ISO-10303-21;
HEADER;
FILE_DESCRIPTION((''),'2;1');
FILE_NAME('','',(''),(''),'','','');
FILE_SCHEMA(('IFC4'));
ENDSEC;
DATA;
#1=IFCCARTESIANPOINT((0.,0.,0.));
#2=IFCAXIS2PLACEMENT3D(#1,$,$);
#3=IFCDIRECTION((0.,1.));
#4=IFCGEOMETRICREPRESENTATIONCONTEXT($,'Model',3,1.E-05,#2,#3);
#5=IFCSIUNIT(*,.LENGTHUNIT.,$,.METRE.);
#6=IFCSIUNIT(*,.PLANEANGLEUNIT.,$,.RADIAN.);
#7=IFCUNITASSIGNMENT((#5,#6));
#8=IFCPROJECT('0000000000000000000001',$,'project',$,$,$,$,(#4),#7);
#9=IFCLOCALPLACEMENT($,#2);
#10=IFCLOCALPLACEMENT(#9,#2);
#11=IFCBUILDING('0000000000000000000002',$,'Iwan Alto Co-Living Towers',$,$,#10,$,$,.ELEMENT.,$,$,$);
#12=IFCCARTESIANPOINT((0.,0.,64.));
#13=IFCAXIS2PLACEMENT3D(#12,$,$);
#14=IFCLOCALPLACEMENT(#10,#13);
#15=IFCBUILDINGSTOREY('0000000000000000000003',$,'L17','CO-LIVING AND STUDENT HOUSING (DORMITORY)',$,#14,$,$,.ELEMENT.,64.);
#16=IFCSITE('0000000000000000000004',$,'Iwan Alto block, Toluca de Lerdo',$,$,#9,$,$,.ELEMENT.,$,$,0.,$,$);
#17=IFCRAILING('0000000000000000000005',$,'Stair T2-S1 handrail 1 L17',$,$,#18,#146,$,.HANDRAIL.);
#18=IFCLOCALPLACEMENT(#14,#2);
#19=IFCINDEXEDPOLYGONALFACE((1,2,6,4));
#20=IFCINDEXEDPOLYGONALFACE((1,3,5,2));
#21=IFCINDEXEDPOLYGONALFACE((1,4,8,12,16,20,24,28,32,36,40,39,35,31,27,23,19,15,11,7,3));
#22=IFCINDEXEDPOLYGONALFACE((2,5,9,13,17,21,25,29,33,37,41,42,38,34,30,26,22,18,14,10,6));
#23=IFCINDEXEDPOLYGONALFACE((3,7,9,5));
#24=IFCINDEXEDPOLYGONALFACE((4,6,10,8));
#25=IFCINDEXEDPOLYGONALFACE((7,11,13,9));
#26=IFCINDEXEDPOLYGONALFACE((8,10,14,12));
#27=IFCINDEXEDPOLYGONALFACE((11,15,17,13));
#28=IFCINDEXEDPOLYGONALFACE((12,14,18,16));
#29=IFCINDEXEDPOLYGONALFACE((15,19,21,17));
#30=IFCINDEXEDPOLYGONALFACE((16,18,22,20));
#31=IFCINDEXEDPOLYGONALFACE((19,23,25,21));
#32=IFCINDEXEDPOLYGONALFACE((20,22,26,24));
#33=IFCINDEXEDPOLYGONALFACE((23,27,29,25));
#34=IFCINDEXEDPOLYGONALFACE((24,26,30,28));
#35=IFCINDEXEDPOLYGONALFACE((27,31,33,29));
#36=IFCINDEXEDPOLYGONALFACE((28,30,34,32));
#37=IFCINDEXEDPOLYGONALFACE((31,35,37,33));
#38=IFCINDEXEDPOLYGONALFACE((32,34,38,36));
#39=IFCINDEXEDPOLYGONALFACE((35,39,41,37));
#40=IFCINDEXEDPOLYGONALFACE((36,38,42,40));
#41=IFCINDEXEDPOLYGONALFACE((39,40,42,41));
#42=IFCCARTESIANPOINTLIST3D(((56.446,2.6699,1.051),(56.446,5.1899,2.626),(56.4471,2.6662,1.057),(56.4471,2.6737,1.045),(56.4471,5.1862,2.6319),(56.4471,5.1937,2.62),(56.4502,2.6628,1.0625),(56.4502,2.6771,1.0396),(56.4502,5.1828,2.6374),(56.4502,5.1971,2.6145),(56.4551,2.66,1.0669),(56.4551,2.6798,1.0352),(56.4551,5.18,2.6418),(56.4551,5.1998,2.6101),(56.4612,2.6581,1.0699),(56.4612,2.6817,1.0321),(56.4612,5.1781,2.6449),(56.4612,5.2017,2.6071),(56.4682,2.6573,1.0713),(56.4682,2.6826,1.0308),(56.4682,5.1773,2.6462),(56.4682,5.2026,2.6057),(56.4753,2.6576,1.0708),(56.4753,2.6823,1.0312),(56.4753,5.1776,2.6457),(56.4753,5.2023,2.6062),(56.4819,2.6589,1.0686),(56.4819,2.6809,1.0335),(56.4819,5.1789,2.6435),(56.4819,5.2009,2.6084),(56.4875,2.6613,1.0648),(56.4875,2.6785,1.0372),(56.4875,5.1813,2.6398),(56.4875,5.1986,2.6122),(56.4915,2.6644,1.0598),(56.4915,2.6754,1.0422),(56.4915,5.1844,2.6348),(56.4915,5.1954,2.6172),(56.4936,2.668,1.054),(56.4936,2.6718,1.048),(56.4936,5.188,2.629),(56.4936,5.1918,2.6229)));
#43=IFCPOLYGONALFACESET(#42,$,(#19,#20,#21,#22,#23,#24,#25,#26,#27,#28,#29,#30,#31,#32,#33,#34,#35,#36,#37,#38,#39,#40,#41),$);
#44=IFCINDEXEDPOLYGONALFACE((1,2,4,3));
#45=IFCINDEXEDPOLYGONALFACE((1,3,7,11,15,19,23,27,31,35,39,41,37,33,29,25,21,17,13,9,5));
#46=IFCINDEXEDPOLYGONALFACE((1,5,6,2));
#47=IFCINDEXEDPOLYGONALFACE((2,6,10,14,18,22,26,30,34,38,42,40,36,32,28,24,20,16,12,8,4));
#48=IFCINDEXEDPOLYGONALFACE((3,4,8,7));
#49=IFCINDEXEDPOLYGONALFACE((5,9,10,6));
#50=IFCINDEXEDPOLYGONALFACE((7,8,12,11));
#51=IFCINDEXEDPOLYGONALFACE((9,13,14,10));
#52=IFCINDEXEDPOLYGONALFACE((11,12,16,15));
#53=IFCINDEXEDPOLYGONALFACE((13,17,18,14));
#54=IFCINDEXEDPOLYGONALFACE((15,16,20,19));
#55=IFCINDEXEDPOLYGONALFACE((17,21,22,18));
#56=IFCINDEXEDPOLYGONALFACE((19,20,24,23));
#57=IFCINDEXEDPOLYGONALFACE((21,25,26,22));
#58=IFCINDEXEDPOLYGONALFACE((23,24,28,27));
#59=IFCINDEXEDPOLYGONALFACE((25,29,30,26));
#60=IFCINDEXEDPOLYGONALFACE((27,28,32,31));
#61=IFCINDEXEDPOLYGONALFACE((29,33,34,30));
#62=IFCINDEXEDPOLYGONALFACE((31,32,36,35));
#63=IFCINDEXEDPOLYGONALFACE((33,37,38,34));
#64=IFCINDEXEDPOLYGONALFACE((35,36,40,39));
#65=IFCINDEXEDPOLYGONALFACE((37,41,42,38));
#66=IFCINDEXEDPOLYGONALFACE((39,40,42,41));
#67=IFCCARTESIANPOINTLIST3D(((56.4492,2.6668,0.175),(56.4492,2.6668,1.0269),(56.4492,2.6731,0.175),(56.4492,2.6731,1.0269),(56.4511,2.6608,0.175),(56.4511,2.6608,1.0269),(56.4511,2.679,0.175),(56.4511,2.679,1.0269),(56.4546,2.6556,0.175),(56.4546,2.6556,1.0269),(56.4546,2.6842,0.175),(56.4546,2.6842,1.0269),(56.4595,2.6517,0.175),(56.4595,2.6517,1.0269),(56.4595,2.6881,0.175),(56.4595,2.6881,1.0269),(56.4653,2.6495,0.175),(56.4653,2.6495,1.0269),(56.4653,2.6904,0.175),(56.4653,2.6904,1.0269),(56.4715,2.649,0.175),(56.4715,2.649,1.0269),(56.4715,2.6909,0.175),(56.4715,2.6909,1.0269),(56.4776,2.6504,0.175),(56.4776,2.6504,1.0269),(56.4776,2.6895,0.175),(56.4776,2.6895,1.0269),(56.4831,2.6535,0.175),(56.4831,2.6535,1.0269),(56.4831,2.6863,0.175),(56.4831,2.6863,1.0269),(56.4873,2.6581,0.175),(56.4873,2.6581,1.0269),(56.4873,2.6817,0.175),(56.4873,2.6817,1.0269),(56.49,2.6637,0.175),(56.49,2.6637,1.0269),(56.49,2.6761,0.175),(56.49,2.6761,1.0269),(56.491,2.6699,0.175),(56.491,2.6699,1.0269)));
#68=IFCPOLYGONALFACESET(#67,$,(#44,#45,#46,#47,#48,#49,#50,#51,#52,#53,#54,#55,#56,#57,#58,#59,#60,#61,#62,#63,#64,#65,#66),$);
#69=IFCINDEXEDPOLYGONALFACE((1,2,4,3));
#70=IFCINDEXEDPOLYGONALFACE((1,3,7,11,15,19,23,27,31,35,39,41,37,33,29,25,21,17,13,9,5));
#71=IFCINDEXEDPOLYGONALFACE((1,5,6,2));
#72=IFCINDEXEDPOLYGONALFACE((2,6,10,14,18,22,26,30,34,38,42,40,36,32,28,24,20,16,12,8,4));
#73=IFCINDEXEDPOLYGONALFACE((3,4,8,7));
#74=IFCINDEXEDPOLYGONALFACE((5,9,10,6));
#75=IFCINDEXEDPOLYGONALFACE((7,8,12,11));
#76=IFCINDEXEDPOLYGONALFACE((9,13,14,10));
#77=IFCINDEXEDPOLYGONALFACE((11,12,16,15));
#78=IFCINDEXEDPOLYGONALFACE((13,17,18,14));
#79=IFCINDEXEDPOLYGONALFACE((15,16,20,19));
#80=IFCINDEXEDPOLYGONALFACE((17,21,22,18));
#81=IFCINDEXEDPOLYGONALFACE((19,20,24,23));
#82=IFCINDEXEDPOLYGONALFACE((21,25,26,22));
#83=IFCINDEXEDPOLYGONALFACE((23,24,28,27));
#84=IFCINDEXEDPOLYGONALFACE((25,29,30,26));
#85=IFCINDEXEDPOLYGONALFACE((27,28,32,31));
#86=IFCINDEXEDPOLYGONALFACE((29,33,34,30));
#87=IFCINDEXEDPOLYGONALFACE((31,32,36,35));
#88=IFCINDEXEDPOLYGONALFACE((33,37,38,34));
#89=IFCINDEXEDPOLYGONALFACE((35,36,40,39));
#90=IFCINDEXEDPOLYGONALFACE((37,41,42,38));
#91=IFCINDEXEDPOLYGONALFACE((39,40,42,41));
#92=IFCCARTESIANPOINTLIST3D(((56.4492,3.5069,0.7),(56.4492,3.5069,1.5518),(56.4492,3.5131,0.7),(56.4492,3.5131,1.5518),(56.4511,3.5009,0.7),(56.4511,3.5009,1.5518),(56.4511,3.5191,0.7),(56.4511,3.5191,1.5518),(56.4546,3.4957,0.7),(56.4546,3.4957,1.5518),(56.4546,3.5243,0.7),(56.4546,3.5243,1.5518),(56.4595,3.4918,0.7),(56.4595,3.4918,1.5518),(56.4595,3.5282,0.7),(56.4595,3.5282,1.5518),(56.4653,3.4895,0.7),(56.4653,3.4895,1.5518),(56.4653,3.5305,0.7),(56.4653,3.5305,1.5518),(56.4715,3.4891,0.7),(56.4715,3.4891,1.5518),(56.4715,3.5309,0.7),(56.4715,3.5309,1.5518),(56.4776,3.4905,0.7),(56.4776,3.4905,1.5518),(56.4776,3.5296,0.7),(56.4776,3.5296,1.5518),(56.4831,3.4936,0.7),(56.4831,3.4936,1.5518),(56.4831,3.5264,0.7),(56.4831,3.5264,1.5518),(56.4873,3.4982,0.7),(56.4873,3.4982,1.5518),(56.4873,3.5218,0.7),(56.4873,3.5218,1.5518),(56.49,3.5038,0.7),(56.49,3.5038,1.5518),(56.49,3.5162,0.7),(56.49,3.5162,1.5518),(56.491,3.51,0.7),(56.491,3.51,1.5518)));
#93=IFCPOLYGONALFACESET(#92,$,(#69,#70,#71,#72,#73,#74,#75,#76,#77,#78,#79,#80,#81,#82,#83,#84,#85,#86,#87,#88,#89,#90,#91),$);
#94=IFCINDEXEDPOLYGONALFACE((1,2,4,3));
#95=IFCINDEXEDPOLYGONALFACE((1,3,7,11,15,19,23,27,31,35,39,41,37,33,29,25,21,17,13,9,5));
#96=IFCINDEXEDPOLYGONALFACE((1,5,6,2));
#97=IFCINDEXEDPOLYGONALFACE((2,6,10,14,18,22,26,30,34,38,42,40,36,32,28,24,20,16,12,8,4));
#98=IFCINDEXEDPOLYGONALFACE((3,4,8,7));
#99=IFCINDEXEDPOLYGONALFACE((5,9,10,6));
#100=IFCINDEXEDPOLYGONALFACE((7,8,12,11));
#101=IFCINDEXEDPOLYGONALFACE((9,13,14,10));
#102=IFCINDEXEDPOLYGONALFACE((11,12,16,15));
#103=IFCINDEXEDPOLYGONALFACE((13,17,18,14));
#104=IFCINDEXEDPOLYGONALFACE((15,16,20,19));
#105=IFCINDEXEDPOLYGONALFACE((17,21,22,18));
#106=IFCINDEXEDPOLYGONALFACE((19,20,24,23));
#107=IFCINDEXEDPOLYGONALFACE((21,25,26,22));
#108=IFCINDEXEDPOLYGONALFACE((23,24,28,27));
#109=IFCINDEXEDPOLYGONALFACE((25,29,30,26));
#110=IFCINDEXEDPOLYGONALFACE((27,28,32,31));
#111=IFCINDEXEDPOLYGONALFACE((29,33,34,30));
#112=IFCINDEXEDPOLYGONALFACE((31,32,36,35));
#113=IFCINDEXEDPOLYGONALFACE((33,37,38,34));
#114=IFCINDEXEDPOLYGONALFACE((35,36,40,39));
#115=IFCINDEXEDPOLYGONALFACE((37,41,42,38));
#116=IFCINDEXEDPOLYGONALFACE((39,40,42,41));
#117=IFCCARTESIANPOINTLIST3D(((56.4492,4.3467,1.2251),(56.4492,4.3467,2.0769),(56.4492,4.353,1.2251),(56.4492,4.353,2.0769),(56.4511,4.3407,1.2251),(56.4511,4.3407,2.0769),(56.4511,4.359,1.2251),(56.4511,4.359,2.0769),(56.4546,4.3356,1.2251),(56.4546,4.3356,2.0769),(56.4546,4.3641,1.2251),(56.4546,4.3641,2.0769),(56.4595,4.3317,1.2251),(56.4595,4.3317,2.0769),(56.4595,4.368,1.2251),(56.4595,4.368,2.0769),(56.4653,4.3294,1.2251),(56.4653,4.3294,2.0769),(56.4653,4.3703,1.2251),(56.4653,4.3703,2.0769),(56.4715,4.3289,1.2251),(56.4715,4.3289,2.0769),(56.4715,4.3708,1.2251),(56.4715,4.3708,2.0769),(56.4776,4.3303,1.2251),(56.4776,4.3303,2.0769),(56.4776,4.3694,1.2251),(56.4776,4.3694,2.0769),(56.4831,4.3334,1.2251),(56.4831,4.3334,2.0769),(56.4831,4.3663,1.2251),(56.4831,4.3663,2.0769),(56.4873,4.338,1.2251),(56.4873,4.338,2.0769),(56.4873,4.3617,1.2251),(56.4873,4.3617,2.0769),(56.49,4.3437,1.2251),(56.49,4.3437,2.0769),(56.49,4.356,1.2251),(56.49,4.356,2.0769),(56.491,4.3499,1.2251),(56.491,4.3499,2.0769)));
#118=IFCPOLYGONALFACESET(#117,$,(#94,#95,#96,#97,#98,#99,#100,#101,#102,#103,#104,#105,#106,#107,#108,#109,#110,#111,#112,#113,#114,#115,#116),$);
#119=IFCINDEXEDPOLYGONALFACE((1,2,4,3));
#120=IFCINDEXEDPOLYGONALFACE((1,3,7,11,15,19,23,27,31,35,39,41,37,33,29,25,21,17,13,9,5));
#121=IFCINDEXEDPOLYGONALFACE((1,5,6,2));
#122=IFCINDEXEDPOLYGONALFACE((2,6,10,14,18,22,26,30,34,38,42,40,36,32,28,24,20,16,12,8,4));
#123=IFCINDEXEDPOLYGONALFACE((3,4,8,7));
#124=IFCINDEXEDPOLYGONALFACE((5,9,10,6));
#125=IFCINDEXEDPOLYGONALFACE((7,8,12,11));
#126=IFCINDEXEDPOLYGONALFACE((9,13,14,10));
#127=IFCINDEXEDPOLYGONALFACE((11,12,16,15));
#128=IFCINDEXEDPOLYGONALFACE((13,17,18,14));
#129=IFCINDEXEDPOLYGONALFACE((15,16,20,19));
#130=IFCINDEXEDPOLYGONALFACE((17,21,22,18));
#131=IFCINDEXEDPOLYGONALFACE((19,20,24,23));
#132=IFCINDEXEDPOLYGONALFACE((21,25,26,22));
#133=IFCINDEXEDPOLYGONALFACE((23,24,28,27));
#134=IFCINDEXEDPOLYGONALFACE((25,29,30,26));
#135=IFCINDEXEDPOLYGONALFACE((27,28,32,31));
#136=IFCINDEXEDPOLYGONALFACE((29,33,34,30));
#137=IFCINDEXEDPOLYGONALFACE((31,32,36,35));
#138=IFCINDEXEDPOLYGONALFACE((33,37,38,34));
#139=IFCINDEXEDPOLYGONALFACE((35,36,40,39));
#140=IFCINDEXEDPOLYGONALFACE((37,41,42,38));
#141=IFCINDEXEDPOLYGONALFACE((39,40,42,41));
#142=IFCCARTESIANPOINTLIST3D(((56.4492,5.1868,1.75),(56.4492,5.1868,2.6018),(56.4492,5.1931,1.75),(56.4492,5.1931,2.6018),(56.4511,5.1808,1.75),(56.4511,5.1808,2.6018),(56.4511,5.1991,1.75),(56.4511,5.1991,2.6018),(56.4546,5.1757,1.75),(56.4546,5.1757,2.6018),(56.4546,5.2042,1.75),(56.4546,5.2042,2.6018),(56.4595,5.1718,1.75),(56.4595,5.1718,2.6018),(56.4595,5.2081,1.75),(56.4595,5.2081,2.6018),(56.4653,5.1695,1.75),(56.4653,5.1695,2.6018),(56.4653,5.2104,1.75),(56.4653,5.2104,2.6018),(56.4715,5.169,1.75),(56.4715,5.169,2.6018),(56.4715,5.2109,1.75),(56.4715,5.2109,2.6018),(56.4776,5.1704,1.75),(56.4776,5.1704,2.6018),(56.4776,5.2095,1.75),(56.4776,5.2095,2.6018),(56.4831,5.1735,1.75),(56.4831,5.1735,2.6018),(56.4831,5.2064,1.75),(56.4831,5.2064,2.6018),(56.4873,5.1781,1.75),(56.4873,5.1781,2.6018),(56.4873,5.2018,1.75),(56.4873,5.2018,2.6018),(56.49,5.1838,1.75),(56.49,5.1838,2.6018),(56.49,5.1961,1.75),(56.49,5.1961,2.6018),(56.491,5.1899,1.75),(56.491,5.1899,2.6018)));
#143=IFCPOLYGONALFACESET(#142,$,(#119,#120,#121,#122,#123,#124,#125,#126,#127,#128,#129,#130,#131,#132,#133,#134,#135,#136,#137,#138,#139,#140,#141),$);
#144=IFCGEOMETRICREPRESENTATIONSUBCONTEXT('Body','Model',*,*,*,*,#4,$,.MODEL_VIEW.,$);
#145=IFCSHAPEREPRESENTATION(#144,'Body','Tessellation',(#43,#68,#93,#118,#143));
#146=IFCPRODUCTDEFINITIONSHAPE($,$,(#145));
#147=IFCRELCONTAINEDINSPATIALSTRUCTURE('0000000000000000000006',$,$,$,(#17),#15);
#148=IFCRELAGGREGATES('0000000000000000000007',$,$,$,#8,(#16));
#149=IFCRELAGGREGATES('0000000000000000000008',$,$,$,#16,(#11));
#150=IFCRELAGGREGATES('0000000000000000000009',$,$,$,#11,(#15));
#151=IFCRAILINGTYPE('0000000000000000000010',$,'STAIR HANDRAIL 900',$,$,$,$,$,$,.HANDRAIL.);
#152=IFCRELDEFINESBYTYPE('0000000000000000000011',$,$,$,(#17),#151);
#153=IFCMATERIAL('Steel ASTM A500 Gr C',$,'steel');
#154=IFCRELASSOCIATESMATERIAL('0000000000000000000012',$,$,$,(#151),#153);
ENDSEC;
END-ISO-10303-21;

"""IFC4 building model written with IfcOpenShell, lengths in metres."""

from ifc_helpers import new_model, si_unit, direction, frame, origin, origin_2d, place, context, subcontext, project, spatial, circle, extrude, material, type_object, element, save


model = new_model("IFC4")

# Units and contexts
model_context = context("Model", 3, precision=1e-05, world=origin(), true_north=direction((0.0, 1.0)))
body_context = subcontext(model_context, "Body", "Model", "MODEL_VIEW")
ifc_project = project(units=[si_unit("LENGTHUNIT", "METRE"), si_unit("PLANEANGLEUNIT", "RADIAN")], contexts=[model_context])

# Site, building, storey
site_placement = place(None, origin())
site = spatial("IfcSite", under=ifc_project, at=site_placement, Name="Iwan Alto block, Toluca de Lerdo", CompositionType="ELEMENT", RefElevation=0.0)
building_placement = place(site_placement, origin())
building = spatial("IfcBuilding", under=site, at=building_placement, Name="Iwan Alto Co-Living Towers", CompositionType="ELEMENT")
storey_placement = place(building_placement, frame((0.0, 0.0, 64.0)))
storey = spatial("IfcBuildingStorey", under=building, at=storey_placement, Name="L17", Description="CO-LIVING AND STUDENT HOUSING (DORMITORY)", CompositionType="ELEMENT", Elevation=64.0)

# Railing
ifc_material_1 = material(Name="Steel ASTM A500 Gr C", Category="steel")
railing_type_1 = type_object("IfcRailingType", Name="STAIR HANDRAIL 900", PredefinedType="HANDRAIL", material=ifc_material_1)
railing_1_placement = place(storey_placement, frame((56.47, 2.6699, 0.175)))
element("IfcRailing", 1, at=railing_1_placement, inside=storey, type_object=railing_type_1, Name="Stair T2-S1 handrail 1 L17", PredefinedType="HANDRAIL", context=body_context, shape_type="SweptSolid", body=[
    extrude(circle(Radius=0.0239, at=origin_2d()), frame((0.0, 0.0, 0.876), z_axis=(0.0, 0.848008, 0.529984), x_axis=(-1.0, 0.0, 0.0)), (0.0, 0.0, 1.0), 2.9717),
    extrude(circle(Radius=0.021, at=origin_2d()), origin(), (0.0, 0.0, 1.0), 0.8518),
    extrude(circle(Radius=0.021, at=origin_2d()), frame((0.0, 0.8401, 0.5249)), (0.0, 0.0, 1.0), 0.8518),
    extrude(circle(Radius=0.021, at=origin_2d()), frame((0.0, 1.6799, 1.05)), (0.0, 0.0, 1.0), 0.8518),
    extrude(circle(Radius=0.021, at=origin_2d()), frame((0.0, 2.52, 1.575)), (0.0, 0.0, 1.0), 0.8518),
])

save(model, "model.ifc")
